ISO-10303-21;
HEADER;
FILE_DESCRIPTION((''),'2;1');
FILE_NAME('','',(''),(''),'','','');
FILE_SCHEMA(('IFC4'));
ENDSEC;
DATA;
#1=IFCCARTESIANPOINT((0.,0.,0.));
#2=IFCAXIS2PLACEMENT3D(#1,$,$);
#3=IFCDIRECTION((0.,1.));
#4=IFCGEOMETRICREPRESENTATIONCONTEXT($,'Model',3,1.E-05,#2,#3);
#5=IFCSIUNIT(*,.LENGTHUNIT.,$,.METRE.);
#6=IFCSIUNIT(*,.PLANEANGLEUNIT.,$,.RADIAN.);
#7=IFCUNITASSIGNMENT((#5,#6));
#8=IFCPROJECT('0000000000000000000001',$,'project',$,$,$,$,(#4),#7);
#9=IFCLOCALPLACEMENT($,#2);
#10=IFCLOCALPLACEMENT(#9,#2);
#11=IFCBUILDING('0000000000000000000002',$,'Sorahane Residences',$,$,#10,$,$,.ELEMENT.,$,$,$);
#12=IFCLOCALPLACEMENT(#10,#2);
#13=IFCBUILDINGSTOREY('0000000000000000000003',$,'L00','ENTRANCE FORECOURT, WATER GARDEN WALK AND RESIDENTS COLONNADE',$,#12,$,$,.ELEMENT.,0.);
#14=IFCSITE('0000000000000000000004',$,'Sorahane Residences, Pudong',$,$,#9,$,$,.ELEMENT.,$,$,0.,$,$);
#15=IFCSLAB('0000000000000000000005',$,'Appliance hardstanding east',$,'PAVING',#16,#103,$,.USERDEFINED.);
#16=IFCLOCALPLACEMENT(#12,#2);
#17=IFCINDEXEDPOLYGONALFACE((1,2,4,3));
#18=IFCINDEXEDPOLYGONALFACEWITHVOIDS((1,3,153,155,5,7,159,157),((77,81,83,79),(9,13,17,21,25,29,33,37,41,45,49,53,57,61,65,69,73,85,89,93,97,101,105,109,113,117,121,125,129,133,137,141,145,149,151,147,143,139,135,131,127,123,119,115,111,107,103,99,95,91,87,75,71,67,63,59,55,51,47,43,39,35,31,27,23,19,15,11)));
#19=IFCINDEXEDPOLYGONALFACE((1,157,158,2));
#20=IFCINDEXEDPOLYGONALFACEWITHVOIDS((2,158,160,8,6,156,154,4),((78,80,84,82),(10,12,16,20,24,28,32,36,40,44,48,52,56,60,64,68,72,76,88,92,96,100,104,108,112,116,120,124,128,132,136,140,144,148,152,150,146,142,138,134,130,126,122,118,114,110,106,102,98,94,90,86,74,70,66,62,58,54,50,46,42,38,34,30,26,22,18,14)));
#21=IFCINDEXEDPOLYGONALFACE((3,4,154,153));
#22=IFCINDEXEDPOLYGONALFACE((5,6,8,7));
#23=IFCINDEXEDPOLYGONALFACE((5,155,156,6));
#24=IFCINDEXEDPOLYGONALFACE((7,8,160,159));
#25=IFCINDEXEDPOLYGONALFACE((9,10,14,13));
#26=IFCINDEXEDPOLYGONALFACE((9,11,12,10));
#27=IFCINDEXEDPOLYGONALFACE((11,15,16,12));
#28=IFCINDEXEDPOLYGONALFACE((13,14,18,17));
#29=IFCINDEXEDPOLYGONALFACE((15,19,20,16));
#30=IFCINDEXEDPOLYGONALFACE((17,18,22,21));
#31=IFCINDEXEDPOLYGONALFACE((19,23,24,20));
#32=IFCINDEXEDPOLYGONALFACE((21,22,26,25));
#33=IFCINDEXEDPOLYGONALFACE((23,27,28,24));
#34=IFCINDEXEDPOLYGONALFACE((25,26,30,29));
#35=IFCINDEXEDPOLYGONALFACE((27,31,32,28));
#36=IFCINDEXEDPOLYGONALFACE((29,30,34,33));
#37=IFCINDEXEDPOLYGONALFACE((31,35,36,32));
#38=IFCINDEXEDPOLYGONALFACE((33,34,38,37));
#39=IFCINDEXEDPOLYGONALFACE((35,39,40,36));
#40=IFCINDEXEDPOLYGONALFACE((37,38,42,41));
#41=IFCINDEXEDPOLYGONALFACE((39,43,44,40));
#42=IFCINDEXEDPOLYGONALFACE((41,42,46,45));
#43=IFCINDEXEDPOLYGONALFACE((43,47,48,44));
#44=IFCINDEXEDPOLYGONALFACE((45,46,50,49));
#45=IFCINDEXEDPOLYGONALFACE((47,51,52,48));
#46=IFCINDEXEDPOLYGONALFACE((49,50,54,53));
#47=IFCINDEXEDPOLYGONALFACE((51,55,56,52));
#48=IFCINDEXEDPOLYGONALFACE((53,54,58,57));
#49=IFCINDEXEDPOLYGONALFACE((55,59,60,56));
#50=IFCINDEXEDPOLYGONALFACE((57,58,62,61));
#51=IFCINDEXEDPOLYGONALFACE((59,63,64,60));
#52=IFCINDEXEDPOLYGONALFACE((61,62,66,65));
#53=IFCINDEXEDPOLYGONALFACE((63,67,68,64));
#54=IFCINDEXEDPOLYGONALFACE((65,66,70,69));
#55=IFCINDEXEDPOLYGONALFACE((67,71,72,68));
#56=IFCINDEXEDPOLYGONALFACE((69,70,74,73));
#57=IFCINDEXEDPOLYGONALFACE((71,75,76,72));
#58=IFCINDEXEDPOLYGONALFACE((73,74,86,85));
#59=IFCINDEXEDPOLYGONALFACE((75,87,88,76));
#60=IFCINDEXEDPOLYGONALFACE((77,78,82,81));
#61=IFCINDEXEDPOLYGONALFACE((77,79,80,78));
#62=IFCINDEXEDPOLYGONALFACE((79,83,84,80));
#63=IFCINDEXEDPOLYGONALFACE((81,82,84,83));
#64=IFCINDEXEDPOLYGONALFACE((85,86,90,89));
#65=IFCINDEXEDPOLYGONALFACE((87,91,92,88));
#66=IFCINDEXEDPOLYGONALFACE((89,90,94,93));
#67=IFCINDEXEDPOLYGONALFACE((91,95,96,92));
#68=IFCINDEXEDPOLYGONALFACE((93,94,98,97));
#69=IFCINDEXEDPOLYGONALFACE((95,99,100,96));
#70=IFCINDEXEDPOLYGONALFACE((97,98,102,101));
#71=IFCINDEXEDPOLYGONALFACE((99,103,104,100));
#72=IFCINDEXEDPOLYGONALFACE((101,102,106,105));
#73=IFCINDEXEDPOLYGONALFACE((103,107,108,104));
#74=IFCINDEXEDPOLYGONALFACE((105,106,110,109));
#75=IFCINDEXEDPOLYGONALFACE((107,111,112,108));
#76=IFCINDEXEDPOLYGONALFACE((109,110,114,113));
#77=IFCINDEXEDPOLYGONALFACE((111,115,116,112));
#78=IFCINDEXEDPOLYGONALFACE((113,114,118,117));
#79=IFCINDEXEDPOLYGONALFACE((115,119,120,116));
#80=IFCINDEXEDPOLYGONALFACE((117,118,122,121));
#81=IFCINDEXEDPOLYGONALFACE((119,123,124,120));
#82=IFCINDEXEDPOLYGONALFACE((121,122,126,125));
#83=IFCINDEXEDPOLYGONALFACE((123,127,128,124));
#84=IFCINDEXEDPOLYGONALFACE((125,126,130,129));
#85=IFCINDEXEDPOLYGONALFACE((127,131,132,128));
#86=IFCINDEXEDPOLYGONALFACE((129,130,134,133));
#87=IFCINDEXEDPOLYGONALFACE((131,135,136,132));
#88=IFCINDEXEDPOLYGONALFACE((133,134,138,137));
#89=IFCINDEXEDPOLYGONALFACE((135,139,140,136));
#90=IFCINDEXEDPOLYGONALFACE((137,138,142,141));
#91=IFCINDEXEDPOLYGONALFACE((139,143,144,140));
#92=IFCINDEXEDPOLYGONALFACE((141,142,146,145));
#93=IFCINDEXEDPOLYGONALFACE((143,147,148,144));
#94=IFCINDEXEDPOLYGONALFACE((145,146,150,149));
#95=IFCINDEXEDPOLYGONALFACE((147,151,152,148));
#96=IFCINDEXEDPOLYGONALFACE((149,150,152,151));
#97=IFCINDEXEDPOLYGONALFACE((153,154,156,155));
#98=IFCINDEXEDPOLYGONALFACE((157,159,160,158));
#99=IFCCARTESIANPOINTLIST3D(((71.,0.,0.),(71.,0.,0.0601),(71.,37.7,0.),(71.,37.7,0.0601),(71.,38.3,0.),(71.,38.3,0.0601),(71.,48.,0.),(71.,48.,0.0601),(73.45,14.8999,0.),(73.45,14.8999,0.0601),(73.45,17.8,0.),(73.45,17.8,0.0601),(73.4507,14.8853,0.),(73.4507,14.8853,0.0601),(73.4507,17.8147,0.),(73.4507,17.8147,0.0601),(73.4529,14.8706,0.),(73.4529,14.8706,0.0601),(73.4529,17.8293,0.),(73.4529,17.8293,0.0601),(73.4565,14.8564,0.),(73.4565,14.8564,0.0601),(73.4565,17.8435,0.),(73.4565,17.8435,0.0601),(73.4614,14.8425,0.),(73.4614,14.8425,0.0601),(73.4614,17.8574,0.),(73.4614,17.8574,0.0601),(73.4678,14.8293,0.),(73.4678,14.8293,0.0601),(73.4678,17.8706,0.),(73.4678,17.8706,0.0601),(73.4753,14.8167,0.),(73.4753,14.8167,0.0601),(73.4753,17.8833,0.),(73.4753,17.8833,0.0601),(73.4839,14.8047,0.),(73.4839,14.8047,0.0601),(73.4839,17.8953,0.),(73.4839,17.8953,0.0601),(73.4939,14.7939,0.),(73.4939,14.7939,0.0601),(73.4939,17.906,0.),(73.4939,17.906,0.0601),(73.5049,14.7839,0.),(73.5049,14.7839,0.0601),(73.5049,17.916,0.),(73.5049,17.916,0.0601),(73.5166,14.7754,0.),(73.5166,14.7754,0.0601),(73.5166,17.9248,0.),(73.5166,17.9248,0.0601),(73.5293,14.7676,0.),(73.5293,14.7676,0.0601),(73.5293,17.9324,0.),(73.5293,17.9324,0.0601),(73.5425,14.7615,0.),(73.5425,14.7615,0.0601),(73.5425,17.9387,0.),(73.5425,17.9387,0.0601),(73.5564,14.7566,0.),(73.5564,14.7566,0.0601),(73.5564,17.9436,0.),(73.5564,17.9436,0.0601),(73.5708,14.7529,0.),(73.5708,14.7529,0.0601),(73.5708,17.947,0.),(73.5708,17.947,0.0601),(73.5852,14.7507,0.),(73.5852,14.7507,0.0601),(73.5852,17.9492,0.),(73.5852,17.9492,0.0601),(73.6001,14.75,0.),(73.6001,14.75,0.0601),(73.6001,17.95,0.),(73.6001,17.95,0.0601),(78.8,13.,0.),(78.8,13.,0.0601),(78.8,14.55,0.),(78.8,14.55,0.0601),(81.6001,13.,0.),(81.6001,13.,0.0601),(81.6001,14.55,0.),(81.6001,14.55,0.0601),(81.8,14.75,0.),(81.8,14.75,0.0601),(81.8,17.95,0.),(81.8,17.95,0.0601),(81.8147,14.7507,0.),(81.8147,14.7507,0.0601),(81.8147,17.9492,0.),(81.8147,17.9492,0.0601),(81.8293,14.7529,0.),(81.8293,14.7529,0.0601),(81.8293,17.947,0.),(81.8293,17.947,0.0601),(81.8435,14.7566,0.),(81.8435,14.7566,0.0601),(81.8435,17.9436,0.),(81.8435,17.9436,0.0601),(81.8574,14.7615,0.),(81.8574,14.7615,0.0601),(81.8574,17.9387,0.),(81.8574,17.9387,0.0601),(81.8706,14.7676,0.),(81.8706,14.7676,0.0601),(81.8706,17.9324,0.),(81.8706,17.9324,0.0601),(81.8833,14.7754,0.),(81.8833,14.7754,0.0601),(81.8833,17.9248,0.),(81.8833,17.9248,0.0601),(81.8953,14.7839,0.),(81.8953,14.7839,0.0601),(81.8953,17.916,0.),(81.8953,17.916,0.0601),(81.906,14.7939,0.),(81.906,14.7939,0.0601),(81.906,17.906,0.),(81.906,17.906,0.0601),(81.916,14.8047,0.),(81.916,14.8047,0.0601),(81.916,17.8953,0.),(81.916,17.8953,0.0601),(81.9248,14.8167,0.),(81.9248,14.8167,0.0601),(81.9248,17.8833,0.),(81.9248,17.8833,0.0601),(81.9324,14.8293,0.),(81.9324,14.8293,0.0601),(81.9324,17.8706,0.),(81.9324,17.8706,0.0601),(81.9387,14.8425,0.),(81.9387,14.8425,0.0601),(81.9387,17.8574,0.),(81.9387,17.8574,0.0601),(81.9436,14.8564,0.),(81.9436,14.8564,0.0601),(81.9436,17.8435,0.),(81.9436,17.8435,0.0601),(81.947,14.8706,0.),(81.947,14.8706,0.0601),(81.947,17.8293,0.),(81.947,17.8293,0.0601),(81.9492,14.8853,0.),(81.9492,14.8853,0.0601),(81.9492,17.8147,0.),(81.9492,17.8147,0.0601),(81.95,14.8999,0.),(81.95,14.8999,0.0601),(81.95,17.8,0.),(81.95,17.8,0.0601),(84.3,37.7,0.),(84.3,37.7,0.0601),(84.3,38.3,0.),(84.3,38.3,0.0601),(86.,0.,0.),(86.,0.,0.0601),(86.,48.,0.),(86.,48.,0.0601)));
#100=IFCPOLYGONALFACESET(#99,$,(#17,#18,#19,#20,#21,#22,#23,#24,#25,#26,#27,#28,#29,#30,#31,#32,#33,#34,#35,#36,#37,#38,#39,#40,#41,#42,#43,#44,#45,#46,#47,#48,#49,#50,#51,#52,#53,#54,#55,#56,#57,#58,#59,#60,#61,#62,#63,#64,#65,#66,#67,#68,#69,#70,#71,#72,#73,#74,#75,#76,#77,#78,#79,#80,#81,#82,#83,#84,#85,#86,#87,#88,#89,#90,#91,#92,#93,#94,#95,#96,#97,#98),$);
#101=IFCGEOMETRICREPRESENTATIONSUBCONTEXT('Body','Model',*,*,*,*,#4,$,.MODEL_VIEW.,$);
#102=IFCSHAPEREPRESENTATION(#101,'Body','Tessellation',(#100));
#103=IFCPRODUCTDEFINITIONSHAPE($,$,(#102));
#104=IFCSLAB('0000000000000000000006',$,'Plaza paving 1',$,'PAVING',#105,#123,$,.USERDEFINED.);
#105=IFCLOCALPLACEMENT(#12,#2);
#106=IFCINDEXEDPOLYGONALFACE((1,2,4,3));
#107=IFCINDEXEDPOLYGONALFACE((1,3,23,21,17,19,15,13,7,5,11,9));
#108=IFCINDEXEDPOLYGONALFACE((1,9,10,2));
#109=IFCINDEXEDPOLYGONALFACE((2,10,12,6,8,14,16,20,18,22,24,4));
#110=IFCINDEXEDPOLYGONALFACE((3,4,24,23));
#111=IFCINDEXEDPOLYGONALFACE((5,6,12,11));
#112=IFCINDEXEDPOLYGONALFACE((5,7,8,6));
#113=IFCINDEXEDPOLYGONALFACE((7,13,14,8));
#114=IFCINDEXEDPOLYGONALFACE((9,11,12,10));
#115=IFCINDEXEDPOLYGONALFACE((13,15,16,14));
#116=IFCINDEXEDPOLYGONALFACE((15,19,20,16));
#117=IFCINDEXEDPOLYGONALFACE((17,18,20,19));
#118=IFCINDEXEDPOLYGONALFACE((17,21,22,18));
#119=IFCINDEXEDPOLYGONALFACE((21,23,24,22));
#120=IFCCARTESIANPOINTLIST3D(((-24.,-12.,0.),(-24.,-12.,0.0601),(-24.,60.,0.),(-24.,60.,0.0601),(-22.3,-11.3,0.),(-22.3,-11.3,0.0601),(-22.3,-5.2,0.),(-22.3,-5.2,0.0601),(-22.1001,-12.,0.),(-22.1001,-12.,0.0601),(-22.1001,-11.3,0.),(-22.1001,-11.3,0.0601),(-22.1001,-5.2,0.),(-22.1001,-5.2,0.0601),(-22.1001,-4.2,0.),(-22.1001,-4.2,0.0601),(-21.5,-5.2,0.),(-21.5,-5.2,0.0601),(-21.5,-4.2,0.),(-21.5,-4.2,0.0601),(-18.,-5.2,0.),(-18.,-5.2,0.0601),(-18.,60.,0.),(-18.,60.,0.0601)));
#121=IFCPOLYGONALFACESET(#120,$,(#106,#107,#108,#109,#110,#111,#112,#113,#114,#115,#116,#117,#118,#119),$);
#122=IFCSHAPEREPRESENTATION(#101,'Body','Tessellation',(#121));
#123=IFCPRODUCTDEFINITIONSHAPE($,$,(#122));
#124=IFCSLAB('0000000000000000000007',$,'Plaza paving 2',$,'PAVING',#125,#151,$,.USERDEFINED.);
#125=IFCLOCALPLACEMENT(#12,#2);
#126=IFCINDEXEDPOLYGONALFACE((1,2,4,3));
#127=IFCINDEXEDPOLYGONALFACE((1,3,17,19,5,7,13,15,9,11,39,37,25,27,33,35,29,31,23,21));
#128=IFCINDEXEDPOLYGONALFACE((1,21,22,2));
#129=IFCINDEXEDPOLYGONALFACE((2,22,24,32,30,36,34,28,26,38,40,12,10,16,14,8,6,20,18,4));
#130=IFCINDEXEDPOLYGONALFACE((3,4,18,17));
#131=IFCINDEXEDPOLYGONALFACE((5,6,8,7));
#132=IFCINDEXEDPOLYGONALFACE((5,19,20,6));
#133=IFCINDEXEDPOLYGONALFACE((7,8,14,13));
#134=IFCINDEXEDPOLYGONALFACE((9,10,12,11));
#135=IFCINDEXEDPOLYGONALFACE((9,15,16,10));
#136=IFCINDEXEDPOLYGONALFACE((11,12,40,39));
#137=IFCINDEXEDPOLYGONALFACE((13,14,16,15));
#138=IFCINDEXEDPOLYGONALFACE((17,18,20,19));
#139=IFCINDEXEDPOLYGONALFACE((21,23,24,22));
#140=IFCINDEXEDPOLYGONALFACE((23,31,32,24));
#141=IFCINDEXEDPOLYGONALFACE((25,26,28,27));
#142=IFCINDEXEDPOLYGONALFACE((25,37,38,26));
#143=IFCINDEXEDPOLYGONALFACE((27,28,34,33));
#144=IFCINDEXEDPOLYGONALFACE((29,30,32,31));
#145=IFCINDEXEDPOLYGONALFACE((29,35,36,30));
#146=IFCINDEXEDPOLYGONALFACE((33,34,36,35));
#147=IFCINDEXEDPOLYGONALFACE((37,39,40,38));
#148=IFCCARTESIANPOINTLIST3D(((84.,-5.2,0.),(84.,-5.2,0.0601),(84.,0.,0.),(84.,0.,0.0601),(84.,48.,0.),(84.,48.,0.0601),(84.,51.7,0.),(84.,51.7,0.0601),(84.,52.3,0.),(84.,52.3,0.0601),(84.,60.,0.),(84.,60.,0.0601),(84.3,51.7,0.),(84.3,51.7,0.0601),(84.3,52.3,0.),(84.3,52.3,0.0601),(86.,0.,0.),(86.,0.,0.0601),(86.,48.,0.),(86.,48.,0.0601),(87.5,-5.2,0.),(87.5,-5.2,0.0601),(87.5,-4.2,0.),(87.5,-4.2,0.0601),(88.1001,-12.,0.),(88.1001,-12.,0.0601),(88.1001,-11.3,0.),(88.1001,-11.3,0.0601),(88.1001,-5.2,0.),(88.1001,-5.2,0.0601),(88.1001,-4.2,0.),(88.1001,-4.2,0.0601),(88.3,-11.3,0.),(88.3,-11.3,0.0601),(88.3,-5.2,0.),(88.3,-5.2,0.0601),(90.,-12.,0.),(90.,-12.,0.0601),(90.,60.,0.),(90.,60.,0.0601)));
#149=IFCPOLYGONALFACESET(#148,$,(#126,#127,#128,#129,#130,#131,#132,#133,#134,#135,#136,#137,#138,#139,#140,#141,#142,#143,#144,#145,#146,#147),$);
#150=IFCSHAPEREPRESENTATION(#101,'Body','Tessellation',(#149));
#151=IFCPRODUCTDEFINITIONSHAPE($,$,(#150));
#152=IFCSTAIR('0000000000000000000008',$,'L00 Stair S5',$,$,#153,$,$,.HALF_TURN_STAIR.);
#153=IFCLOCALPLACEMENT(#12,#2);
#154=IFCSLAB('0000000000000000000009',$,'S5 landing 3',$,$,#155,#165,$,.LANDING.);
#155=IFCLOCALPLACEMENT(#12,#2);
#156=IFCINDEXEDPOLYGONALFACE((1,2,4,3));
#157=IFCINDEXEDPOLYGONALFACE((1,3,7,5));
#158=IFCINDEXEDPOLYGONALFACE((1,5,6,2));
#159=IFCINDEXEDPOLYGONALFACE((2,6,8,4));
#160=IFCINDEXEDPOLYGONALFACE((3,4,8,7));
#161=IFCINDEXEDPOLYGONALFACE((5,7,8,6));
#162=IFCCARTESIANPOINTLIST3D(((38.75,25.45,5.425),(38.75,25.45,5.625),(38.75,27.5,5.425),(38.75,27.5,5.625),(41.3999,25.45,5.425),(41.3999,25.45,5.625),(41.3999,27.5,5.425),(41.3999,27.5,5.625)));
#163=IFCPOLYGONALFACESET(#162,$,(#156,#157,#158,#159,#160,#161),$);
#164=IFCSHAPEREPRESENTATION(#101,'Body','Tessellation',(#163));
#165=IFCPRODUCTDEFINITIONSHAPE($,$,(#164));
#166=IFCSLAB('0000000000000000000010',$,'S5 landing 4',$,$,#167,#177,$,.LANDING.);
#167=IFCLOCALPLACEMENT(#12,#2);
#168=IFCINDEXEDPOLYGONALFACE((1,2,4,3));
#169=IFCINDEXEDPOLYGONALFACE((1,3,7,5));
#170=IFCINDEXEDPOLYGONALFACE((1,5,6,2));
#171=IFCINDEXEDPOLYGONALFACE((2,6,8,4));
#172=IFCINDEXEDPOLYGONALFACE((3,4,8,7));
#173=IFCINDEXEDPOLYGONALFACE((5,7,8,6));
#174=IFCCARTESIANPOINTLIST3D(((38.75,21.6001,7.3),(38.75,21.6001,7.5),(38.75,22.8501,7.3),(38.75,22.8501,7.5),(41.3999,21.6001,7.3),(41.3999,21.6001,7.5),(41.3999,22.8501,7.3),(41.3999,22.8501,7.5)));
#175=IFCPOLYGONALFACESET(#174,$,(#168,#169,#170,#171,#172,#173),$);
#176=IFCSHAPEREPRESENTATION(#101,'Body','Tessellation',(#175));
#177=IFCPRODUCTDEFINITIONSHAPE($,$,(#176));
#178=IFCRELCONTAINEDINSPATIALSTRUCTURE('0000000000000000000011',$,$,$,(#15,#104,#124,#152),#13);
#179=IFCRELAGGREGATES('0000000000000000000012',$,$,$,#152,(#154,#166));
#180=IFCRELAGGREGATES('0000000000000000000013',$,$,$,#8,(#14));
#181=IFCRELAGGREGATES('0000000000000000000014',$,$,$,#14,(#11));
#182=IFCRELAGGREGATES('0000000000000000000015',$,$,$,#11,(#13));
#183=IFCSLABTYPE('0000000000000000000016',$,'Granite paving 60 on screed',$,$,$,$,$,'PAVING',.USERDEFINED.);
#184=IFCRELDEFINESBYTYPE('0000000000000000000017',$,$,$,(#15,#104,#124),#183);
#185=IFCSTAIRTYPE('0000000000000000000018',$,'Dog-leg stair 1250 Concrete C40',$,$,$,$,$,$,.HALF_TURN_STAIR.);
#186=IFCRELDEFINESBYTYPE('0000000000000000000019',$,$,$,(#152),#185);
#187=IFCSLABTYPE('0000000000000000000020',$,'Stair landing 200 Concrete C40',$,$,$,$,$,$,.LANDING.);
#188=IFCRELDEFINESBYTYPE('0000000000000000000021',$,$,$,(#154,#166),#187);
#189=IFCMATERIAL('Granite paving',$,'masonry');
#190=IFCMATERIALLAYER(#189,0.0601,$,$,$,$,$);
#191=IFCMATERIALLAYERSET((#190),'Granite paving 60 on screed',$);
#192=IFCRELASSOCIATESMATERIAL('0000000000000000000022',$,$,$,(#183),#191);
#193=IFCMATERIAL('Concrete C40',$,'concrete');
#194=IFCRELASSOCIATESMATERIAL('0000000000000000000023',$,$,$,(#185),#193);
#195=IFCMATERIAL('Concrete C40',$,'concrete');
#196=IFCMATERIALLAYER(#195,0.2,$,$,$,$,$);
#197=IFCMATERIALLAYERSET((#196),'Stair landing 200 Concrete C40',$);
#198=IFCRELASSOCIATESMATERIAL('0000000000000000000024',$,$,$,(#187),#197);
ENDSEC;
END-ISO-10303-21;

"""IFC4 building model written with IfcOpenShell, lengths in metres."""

from ifc_helpers import new_model, si_unit, direction, frame, origin, place, context, subcontext, project, spatial, polyline, outline, extrude, material, layer, layer_set, type_object, element, aggregate, save


model = new_model("IFC4")

# Units and contexts
model_context = context("Model", 3, precision=1e-05, world=origin(), true_north=direction((0.0, 1.0)))
body_context = subcontext(model_context, "Body", "Model", "MODEL_VIEW")
ifc_project = project(units=[si_unit("LENGTHUNIT", "METRE"), si_unit("PLANEANGLEUNIT", "RADIAN")], contexts=[model_context])

# Site, building, storey
site_placement = place(None, origin())
site = spatial("IfcSite", under=ifc_project, at=site_placement, Name="Sorahane Residences, Pudong", CompositionType="ELEMENT", RefElevation=0.0)
building_placement = place(site_placement, origin())
building = spatial("IfcBuilding", under=site, at=building_placement, Name="Sorahane Residences", CompositionType="ELEMENT")
storey_placement = place(building_placement, origin())
storey = spatial("IfcBuildingStorey", under=building, at=storey_placement, Name="L00", Description="ENTRANCE FORECOURT, WATER GARDEN WALK AND RESIDENTS COLONNADE", CompositionType="ELEMENT", Elevation=0.0)

# Slabs
ifc_material_1 = material(Name="Granite paving", Category="masonry")
ifc_layer_1 = layer(ifc_material_1, 0.0601)
ifc_layer_set_1 = layer_set([ifc_layer_1], Name="Granite paving 60 on screed")
slab_type_1 = type_object("IfcSlabType", Name="Granite paving 60 on screed", ElementType="PAVING", PredefinedType="USERDEFINED", material=ifc_layer_set_1)
slab_1_placement = place(storey_placement, origin())
element("IfcSlab", 1, at=slab_1_placement, inside=storey, type_object=slab_type_1, Name="Appliance hardstanding east", ObjectType="PAVING", PredefinedType="USERDEFINED", context=body_context, shape_type="SweptSolid", body=[
    extrude(outline(polyline([(71.0, 37.7), (84.3, 37.7), (84.3, 38.3), (71.0, 38.3), (71.0, 48.0), (86.0, 48.0), (86.0, 0.0), (71.0, 0.0), (71.0, 37.7)]), holes=[polyline([(81.6001, 14.55), (78.8, 14.55), (78.8, 13.0), (81.6001, 13.0), (81.6001, 14.55)]), polyline([(73.5708, 14.7529), (73.5852, 14.7507), (73.6001, 14.75), (81.8, 14.75), (81.8147, 14.7507), (81.8293, 14.7529), (81.8435, 14.7566), (81.8574, 14.7615), (81.8706, 14.7676), (81.8833, 14.7754), (81.8953, 14.7839), (81.906, 14.7939), (81.916, 14.8047), (81.9248, 14.8167), (81.9324, 14.8293), (81.9387, 14.8425), (81.9436, 14.8564), (81.947, 14.8706), (81.9492, 14.8853), (81.95, 14.8999), (81.95, 17.8), (81.9492, 17.8147), (81.947, 17.8293), (81.9436, 17.8435), (81.9387, 17.8574), (81.9324, 17.8706), (81.9248, 17.8833), (81.916, 17.8953), (81.906, 17.906), (81.8953, 17.916), (81.8833, 17.9248), (81.8706, 17.9324), (81.8574, 17.9387), (81.8435, 17.9436), (81.8293, 17.947), (81.8147, 17.9492), (81.8, 17.95), (73.6001, 17.95), (73.5852, 17.9492), (73.5708, 17.947), (73.5564, 17.9436), (73.5425, 17.9387), (73.5293, 17.9324), (73.5166, 17.9248), (73.5049, 17.916), (73.4939, 17.906), (73.4839, 17.8953), (73.4753, 17.8833), (73.4678, 17.8706), (73.4614, 17.8574), (73.4565, 17.8435), (73.4529, 17.8293), (73.4507, 17.8147), (73.45, 17.8), (73.45, 14.8999), (73.4507, 14.8853), (73.4529, 14.8706), (73.4565, 14.8564), (73.4614, 14.8425), (73.4678, 14.8293), (73.4753, 14.8167), (73.4839, 14.8047), (73.4939, 14.7939), (73.5049, 14.7839), (73.5166, 14.7754), (73.5293, 14.7676), (73.5425, 14.7615), (73.5564, 14.7566), (73.5708, 14.7529)])]), origin(), (0.0, 0.0, 1.0), 0.0601),
])
slab_2_placement = place(storey_placement, origin())
element("IfcSlab", 2, at=slab_2_placement, inside=storey, type_object=slab_type_1, Name="Plaza paving 1", ObjectType="PAVING", PredefinedType="USERDEFINED", context=body_context, shape_type="SweptSolid", body=[
    extrude(outline(polyline([(-18.0, 60.0), (-18.0, -5.2), (-21.5, -5.2), (-21.5, -4.2), (-22.1001, -4.2), (-22.1001, -5.2), (-22.3, -5.2), (-22.3, -11.3), (-22.1001, -11.3), (-22.1001, -12.0), (-24.0, -12.0), (-24.0, 60.0), (-18.0, 60.0)])), origin(), (0.0, 0.0, 1.0), 0.0601),
])
slab_3_placement = place(storey_placement, origin())
element("IfcSlab", 3, at=slab_3_placement, inside=storey, type_object=slab_type_1, Name="Plaza paving 2", ObjectType="PAVING", PredefinedType="USERDEFINED", context=body_context, shape_type="SweptSolid", body=[
    extrude(outline(polyline([(88.1001, -12.0), (88.1001, -11.3), (88.3, -11.3), (88.3, -5.2), (88.1001, -5.2), (88.1001, -4.2), (87.5, -4.2), (87.5, -5.2), (84.0, -5.2), (84.0, 0.0), (86.0, 0.0), (86.0, 48.0), (84.0, 48.0), (84.0, 51.7), (84.3, 51.7), (84.3, 52.3), (84.0, 52.3), (84.0, 60.0), (90.0, 60.0), (90.0, -12.0), (88.1001, -12.0)])), origin(), (0.0, 0.0, 1.0), 0.0601),
])

# Stair, slabs
ifc_material_2 = material(Name="Concrete C40", Category="concrete")
stair_type = type_object("IfcStairType", Name="Dog-leg stair 1250 Concrete C40", PredefinedType="HALF_TURN_STAIR", material=ifc_material_2)
stair_placement = place(storey_placement, origin())
stair = element("IfcStair", 4, at=stair_placement, inside=storey, type_object=stair_type, Name="L00 Stair S5", PredefinedType="HALF_TURN_STAIR")
ifc_material_3 = material(Name="Concrete C40", Category="concrete")
ifc_layer_2 = layer(ifc_material_3, 0.2)
ifc_layer_set_2 = layer_set([ifc_layer_2], Name="Stair landing 200 Concrete C40")
slab_type_2 = type_object("IfcSlabType", Name="Stair landing 200 Concrete C40", PredefinedType="LANDING", material=ifc_layer_set_2)
slab_4_placement = place(storey_placement, frame((0.0, 0.0, 5.425)))
slab_4 = element("IfcSlab", 5, at=slab_4_placement, type_object=slab_type_2, Name="S5 landing 3", PredefinedType="LANDING", context=body_context, shape_type="SweptSolid", body=[
    extrude(outline(polyline([(41.3999, 25.45), (41.3999, 27.5), (38.75, 27.5), (38.75, 25.45), (41.3999, 25.45)])), origin(), (0.0, 0.0, 1.0), 0.2),
])
slab_5_placement = place(storey_placement, frame((0.0, 0.0, 7.3)))
slab_5 = element("IfcSlab", 6, at=slab_5_placement, type_object=slab_type_2, Name="S5 landing 4", PredefinedType="LANDING", context=body_context, shape_type="SweptSolid", body=[
    extrude(outline(polyline([(41.3999, 21.6001), (41.3999, 22.8501), (38.75, 22.8501), (38.75, 21.6001), (41.3999, 21.6001)])), origin(), (0.0, 0.0, 1.0), 0.2),
])
aggregate(stair, [slab_4, slab_5])

save(model, "model.ifc")
